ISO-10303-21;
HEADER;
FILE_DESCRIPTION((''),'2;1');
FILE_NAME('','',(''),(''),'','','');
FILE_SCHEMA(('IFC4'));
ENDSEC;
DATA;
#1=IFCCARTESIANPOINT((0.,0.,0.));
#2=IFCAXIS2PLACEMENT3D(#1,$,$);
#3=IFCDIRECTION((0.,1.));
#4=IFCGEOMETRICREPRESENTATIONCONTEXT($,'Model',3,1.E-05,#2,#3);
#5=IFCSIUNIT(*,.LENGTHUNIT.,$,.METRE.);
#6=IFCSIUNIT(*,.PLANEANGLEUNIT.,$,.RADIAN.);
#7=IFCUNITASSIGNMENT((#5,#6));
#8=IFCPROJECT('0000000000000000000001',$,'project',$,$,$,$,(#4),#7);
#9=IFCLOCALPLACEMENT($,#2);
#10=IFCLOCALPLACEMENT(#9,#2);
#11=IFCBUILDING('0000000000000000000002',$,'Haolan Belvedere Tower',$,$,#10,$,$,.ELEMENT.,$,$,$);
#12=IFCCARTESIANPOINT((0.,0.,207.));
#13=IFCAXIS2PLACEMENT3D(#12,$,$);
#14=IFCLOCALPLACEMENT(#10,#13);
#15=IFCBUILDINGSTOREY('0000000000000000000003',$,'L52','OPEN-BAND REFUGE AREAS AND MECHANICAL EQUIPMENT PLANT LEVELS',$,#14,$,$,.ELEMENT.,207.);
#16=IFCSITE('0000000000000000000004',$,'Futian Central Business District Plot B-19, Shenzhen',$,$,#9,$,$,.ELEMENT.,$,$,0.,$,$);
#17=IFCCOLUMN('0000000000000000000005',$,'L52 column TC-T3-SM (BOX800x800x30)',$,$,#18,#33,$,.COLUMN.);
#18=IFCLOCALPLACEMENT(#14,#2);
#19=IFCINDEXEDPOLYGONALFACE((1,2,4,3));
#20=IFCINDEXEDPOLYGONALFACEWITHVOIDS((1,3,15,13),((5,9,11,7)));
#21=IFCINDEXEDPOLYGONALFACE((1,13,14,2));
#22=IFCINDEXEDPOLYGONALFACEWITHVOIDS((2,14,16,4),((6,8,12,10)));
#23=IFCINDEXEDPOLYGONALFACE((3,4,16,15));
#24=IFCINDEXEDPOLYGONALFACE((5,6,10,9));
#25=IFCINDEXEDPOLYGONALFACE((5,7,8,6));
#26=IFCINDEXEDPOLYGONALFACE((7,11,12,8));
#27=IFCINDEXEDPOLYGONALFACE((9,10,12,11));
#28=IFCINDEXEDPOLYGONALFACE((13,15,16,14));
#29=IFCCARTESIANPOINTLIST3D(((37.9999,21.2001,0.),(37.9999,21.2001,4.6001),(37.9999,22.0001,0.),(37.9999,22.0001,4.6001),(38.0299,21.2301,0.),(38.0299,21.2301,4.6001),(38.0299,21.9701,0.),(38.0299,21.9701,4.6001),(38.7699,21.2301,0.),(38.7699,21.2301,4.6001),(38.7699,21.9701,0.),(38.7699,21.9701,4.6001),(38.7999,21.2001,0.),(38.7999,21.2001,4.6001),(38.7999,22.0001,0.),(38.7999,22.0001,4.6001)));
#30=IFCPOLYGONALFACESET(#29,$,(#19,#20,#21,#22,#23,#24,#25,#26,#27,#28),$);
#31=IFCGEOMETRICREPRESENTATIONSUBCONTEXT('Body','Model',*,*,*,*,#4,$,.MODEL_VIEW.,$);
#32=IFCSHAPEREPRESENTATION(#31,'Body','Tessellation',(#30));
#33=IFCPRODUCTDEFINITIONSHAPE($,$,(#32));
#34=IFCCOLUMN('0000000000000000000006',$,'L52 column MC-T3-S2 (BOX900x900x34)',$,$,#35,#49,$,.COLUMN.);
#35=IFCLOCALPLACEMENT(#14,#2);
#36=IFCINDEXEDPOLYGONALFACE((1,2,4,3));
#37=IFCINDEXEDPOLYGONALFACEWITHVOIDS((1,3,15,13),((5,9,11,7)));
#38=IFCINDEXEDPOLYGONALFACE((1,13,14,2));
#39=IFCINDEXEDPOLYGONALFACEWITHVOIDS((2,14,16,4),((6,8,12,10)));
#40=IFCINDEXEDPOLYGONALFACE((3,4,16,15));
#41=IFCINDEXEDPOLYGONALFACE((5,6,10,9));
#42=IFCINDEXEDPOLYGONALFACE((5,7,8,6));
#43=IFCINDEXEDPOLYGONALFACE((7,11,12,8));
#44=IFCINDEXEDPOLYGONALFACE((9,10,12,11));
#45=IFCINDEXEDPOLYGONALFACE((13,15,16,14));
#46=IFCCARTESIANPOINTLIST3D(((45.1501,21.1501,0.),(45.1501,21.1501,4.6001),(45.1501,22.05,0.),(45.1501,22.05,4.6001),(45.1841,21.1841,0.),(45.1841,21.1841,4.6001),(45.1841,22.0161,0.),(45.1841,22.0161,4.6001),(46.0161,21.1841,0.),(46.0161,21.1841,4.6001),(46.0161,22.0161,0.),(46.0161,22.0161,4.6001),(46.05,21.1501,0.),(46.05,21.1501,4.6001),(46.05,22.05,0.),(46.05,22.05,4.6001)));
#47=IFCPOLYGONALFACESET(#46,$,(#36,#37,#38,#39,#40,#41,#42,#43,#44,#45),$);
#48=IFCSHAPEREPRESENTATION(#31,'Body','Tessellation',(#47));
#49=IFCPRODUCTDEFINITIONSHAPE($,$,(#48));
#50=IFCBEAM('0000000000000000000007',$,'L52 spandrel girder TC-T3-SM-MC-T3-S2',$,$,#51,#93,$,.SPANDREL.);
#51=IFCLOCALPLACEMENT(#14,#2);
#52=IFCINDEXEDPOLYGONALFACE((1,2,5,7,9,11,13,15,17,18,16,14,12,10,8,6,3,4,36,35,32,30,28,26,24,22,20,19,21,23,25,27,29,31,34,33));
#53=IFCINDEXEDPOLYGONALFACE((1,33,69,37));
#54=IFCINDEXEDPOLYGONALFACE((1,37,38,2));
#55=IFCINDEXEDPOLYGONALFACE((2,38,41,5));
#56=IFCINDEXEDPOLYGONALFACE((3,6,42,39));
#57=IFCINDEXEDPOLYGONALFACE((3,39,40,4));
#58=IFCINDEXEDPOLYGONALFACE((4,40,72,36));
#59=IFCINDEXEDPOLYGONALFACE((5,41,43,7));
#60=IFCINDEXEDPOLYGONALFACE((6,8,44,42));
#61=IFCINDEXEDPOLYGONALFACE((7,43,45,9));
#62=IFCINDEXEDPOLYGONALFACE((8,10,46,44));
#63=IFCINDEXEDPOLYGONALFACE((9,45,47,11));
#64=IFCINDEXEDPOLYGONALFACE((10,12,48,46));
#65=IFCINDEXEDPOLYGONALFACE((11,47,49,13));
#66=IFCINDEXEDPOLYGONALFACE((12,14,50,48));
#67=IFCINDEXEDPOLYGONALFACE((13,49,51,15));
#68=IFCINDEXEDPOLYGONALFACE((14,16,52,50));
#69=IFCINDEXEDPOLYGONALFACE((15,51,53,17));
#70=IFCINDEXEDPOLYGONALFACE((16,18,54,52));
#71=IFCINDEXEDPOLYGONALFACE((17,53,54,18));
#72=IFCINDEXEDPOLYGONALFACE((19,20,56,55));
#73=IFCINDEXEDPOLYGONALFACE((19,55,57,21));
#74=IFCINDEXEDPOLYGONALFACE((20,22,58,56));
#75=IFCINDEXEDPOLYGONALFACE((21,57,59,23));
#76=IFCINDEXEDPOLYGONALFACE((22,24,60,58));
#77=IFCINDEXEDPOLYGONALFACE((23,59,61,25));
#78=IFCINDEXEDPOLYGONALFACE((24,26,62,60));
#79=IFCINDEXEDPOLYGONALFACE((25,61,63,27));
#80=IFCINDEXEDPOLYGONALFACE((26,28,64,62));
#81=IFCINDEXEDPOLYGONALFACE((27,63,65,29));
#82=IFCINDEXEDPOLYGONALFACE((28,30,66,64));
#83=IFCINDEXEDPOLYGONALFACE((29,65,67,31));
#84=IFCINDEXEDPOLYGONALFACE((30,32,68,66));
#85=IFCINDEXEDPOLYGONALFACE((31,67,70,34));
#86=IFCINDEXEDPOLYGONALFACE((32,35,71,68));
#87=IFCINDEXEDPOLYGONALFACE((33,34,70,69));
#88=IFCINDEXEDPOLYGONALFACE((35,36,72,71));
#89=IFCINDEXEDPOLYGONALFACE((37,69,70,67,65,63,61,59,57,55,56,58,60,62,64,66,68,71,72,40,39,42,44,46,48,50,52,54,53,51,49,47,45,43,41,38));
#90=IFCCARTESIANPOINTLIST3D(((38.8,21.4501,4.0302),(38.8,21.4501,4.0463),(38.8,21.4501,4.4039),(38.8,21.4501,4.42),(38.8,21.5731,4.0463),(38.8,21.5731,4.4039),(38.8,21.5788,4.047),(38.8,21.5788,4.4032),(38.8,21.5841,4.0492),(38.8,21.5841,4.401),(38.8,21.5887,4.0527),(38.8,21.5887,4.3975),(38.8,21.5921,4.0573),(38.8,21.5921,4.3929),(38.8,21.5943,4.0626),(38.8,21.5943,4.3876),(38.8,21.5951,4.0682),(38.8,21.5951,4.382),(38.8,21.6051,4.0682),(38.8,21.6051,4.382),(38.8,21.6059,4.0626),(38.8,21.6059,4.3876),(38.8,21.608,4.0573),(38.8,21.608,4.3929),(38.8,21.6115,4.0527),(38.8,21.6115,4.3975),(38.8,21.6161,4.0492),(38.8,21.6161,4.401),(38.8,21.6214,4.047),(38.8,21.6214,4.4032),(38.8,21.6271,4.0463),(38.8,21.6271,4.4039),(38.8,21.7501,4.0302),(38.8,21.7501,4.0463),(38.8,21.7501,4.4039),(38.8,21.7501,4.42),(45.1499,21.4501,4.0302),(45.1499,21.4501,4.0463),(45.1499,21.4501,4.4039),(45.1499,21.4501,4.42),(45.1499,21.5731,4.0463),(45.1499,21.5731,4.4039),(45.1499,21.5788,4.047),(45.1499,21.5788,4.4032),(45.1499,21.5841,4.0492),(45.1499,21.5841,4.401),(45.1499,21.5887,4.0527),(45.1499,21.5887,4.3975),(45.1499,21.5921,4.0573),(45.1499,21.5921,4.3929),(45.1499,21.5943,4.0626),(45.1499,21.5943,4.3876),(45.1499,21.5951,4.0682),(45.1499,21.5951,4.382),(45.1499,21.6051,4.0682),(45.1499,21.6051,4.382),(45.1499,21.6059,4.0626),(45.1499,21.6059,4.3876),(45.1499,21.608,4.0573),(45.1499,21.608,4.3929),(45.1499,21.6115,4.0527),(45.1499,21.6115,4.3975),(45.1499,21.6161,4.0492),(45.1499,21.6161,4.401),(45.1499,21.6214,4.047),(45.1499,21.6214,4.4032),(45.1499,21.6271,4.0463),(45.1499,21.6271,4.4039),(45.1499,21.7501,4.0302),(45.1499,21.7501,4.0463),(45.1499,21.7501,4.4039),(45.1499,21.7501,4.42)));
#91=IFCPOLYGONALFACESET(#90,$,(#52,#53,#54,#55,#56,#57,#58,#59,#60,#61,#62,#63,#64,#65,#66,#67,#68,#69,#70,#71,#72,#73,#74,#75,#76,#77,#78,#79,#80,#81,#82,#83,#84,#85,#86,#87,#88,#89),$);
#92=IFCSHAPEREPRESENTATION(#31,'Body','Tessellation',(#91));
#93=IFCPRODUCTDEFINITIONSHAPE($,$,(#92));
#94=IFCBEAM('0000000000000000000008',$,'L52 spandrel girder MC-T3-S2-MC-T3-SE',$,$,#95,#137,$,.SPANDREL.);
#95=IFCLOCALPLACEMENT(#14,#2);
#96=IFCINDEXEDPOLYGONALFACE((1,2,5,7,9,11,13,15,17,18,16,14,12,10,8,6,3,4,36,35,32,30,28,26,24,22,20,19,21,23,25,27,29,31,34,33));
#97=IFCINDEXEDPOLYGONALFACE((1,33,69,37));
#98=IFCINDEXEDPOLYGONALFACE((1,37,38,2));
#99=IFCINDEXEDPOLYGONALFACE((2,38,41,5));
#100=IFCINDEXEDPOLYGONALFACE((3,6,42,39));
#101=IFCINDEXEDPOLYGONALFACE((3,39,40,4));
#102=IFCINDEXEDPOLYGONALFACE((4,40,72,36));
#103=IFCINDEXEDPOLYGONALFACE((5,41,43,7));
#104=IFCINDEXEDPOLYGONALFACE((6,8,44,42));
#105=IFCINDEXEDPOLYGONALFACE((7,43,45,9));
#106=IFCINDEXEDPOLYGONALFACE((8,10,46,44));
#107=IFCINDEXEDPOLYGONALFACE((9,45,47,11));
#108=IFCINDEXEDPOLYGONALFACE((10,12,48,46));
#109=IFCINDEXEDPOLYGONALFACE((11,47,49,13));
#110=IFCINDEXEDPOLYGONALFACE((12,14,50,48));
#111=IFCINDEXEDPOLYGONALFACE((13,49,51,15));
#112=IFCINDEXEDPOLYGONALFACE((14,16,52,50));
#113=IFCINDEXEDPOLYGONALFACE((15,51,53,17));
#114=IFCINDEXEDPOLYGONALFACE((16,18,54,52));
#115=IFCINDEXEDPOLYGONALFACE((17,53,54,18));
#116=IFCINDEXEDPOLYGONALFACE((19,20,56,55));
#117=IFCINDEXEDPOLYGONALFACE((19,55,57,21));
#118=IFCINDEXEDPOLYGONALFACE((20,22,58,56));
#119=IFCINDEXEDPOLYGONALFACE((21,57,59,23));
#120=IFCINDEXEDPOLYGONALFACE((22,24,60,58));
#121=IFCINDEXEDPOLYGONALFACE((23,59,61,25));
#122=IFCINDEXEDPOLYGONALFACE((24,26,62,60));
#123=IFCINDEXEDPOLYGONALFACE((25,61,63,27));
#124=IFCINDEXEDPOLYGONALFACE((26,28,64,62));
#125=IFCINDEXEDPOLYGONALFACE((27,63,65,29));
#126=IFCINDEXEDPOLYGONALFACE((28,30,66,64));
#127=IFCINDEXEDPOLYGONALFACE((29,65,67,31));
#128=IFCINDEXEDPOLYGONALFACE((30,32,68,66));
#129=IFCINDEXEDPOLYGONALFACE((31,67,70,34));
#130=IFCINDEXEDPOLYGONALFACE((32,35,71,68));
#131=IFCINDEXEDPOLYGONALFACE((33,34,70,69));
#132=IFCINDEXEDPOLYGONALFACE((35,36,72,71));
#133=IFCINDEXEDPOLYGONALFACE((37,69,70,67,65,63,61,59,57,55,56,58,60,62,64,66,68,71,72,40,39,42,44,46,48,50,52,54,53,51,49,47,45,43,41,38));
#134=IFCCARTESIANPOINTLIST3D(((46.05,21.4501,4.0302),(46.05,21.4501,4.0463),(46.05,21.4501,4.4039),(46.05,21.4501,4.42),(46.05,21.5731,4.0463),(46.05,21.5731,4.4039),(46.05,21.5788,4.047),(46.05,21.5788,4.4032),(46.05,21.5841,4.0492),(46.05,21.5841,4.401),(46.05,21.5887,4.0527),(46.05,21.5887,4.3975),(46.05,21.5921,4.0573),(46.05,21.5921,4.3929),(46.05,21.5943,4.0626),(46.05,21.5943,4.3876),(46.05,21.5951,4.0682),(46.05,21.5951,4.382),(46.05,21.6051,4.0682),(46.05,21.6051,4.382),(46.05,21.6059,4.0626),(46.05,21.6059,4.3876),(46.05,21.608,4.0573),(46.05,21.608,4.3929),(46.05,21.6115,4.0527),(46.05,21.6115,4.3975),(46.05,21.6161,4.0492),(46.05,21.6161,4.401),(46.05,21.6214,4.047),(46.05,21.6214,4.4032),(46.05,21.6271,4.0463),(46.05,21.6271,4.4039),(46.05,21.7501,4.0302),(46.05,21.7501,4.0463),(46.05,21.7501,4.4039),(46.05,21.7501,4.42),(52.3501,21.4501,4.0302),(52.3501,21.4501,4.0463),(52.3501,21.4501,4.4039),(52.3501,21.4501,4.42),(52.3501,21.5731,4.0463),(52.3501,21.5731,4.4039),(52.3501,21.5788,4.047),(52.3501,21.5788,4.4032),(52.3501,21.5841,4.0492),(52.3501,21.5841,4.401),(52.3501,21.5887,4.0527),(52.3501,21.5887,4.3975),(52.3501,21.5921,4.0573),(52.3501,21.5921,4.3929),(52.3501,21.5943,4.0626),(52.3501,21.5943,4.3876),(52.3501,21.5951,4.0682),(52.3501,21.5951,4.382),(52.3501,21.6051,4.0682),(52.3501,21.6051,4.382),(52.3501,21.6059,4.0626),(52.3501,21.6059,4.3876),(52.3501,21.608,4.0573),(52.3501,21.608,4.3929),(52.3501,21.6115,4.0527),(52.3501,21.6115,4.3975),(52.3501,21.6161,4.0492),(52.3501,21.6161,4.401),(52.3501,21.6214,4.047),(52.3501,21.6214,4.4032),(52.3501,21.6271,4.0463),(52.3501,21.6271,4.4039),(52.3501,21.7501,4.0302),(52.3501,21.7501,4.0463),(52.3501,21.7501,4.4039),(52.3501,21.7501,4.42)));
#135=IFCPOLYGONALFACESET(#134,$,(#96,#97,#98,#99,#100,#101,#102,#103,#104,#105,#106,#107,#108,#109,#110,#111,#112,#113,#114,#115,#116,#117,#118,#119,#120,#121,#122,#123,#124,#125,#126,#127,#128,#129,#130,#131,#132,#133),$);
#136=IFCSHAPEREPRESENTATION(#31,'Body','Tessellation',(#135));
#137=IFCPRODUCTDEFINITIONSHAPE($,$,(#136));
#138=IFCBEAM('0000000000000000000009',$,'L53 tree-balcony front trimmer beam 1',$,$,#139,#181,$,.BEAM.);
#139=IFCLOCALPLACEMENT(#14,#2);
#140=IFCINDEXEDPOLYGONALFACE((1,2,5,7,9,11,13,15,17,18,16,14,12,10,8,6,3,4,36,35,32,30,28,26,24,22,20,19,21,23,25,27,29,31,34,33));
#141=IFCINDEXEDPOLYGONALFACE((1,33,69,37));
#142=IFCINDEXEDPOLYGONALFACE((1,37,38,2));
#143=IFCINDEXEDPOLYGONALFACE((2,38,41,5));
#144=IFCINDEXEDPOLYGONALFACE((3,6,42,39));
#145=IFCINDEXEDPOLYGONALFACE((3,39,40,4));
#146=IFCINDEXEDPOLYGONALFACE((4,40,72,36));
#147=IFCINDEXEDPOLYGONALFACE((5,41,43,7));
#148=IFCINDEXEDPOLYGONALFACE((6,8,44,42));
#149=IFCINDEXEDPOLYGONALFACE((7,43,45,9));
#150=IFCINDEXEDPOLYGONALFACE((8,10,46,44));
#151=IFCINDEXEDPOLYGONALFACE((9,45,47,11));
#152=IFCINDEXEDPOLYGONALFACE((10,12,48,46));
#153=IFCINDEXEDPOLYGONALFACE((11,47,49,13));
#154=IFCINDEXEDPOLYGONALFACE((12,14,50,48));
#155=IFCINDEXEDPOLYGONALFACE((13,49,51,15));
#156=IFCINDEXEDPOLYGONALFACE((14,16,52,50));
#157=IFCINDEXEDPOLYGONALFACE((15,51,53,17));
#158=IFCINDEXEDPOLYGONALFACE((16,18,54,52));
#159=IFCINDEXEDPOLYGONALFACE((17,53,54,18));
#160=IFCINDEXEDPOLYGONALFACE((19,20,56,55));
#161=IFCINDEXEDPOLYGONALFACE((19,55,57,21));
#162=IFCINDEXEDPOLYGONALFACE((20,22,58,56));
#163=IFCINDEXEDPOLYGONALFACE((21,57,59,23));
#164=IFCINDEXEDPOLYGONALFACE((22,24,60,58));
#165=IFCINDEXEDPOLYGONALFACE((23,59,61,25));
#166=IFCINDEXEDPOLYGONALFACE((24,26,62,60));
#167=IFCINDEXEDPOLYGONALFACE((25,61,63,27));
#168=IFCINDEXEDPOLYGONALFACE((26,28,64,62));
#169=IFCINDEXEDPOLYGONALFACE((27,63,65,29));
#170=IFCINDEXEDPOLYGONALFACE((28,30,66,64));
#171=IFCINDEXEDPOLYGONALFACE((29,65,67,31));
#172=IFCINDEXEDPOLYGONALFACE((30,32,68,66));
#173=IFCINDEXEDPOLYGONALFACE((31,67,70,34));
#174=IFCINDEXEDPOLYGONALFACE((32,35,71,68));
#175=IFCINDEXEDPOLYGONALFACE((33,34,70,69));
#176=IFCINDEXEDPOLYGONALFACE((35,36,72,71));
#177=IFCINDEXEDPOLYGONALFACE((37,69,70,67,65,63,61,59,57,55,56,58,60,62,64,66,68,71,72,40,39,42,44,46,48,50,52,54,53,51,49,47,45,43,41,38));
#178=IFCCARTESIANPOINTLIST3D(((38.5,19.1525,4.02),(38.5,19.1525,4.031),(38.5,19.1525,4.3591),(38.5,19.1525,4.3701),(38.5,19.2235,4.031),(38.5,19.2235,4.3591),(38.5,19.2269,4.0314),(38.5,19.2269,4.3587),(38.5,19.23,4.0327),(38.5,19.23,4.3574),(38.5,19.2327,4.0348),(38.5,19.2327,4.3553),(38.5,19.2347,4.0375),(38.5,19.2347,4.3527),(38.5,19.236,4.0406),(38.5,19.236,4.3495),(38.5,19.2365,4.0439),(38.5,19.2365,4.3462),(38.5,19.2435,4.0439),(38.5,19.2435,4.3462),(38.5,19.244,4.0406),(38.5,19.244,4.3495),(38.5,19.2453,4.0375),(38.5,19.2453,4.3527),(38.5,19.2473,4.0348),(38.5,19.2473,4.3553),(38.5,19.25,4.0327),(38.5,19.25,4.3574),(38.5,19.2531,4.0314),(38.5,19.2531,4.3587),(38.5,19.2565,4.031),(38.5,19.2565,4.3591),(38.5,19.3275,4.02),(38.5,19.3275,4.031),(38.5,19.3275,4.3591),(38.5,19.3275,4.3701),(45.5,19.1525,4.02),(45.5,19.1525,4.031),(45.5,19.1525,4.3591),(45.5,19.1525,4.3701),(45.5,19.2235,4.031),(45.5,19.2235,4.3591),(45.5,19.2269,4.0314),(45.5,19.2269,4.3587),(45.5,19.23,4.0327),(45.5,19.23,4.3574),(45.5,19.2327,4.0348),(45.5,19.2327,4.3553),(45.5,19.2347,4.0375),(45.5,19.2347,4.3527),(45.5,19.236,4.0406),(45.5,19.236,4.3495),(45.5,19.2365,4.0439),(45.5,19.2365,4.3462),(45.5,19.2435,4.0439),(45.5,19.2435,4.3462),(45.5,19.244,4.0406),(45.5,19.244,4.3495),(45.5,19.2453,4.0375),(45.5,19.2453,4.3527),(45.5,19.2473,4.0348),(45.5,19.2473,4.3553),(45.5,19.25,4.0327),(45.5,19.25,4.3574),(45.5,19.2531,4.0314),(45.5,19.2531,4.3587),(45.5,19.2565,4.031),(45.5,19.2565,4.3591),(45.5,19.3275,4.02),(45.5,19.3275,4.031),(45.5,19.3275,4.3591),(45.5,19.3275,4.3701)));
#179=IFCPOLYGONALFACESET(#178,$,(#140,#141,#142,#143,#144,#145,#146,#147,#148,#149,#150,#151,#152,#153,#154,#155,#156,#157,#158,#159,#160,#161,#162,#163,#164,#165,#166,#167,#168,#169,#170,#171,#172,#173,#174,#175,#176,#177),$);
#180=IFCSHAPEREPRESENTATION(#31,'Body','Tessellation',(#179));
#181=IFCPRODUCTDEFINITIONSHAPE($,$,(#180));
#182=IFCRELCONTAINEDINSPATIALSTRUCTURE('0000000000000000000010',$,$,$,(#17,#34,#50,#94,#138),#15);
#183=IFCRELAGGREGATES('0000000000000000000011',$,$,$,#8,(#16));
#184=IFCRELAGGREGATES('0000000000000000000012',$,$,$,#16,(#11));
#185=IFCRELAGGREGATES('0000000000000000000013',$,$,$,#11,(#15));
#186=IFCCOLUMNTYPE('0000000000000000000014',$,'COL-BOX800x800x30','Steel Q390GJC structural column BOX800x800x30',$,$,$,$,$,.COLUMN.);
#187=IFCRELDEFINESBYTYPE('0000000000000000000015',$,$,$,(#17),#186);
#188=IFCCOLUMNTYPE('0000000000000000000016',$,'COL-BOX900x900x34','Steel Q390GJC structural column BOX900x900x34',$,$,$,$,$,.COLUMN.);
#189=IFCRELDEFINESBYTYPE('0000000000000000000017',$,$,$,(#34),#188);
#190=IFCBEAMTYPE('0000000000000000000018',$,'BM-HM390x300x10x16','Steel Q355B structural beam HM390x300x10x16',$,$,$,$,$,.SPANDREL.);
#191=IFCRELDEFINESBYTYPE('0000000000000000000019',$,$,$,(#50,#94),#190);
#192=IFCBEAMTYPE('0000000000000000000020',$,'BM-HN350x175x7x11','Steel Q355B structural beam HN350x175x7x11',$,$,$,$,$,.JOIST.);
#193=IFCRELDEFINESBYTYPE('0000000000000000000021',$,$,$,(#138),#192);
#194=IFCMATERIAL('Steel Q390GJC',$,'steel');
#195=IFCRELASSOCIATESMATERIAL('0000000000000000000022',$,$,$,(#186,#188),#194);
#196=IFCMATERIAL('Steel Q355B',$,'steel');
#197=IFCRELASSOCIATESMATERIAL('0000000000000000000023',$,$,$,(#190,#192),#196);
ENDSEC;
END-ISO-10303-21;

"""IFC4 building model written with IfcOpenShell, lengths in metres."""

from ifc_helpers import new_model, si_unit, direction, frame, origin, origin_2d, place, context, subcontext, project, spatial, hollow_rectangle, i_section, extrude, material, material_profile, profile_set, type_object, element, save


model = new_model("IFC4")

# Units and contexts
model_context = context("Model", 3, precision=1e-05, world=origin(), true_north=direction((0.0, 1.0)))
body_context = subcontext(model_context, "Body", "Model", "MODEL_VIEW")
ifc_project = project(units=[si_unit("LENGTHUNIT", "METRE"), si_unit("PLANEANGLEUNIT", "RADIAN")], contexts=[model_context])

# Site, building, storey
site_placement = place(None, origin())
site = spatial("IfcSite", under=ifc_project, at=site_placement, Name="Futian Central Business District Plot B-19, Shenzhen", CompositionType="ELEMENT", RefElevation=0.0)
building_placement = place(site_placement, origin())
building = spatial("IfcBuilding", under=site, at=building_placement, Name="Haolan Belvedere Tower", CompositionType="ELEMENT")
storey_placement = place(building_placement, frame((0.0, 0.0, 207.0)))
storey = spatial("IfcBuildingStorey", under=building, at=storey_placement, Name="L52", Description="OPEN-BAND REFUGE AREAS AND MECHANICAL EQUIPMENT PLANT LEVELS", CompositionType="ELEMENT", Elevation=207.0)

# Columns
ifc_material_1 = material(Name="Steel Q390GJC", Category="steel")
ifc_material_profile_1 = material_profile(ifc_material_1, hollow_rectangle(XDim=0.8, YDim=0.8, WallThickness=0.03, at=origin_2d()), Name="Steel Q390GJC")
ifc_profile_set_1 = profile_set([ifc_material_profile_1], Name="Steel Q390GJC")
column_type_1 = type_object("IfcColumnType", Name="COL-BOX800x800x30", Description="Steel Q390GJC structural column BOX800x800x30", PredefinedType="COLUMN", material=ifc_profile_set_1)
column_1_placement = place(storey_placement, frame((38.3999, 21.6001, 0.0), z_axis=(0.0, 0.0, 1.0), x_axis=(1.0, 0.0, 0.0)))
element("IfcColumn", 1, at=column_1_placement, inside=storey, type_object=column_type_1, Name="L52 column TC-T3-SM (BOX800x800x30)", PredefinedType="COLUMN", context=body_context, shape_type="SweptSolid", body=[
    extrude(hollow_rectangle(XDim=0.8, YDim=0.8, WallThickness=0.03, at=origin_2d()), origin(), (0.0, 0.0, 1.0), 4.6001),
])
ifc_material_profile_2 = material_profile(ifc_material_1, hollow_rectangle(XDim=0.8999, YDim=0.8999, WallThickness=0.0339, at=origin_2d()), Name="Steel Q390GJC")
ifc_profile_set_2 = profile_set([ifc_material_profile_2], Name="Steel Q390GJC")
column_type_2 = type_object("IfcColumnType", Name="COL-BOX900x900x34", Description="Steel Q390GJC structural column BOX900x900x34", PredefinedType="COLUMN", material=ifc_profile_set_2)
column_2_placement = place(storey_placement, frame((45.6001, 21.6001, 0.0), z_axis=(0.0, 0.0, 1.0), x_axis=(1.0, 0.0, 0.0)))
element("IfcColumn", 2, at=column_2_placement, inside=storey, type_object=column_type_2, Name="L52 column MC-T3-S2 (BOX900x900x34)", PredefinedType="COLUMN", context=body_context, shape_type="SweptSolid", body=[
    extrude(hollow_rectangle(XDim=0.8999, YDim=0.8999, WallThickness=0.0339, at=origin_2d()), origin(), (0.0, 0.0, 1.0), 4.6001),
])

# Beams
ifc_material_2 = material(Name="Steel Q355B", Category="steel")
ifc_material_profile_3 = material_profile(ifc_material_2, i_section(OverallWidth=0.3, OverallDepth=0.3899, WebThickness=0.01, FlangeThickness=0.0161, FilletRadius=0.022, at=origin_2d()), Name="Steel Q355B")
ifc_profile_set_3 = profile_set([ifc_material_profile_3], Name="Steel Q355B")
beam_type_1 = type_object("IfcBeamType", Name="BM-HM390x300x10x16", Description="Steel Q355B structural beam HM390x300x10x16", PredefinedType="SPANDREL", material=ifc_profile_set_3)
beam_1_placement = place(storey_placement, frame((38.8, 21.6001, 4.2251), z_axis=(1.0, 0.0, 0.0), x_axis=(0.0, 1.0, 0.0)))
element("IfcBeam", 3, at=beam_1_placement, inside=storey, type_object=beam_type_1, Name="L52 spandrel girder TC-T3-SM-MC-T3-S2", PredefinedType="SPANDREL", context=body_context, shape_type="SweptSolid", body=[
    extrude(i_section(OverallWidth=0.3, OverallDepth=0.3899, WebThickness=0.01, FlangeThickness=0.0161, FilletRadius=0.022, at=origin_2d()), origin(), (0.0, 0.0, 1.0), 6.3499),
])
beam_2_placement = place(storey_placement, frame((46.05, 21.6001, 4.2251), z_axis=(1.0, 0.0, 0.0), x_axis=(0.0, 1.0, 0.0)))
element("IfcBeam", 4, at=beam_2_placement, inside=storey, type_object=beam_type_1, Name="L52 spandrel girder MC-T3-S2-MC-T3-SE", PredefinedType="SPANDREL", context=body_context, shape_type="SweptSolid", body=[
    extrude(i_section(OverallWidth=0.3, OverallDepth=0.3899, WebThickness=0.01, FlangeThickness=0.0161, FilletRadius=0.022, at=origin_2d()), origin(), (0.0, 0.0, 1.0), 6.3),
])
ifc_material_profile_4 = material_profile(ifc_material_2, i_section(OverallWidth=0.175, OverallDepth=0.3501, WebThickness=0.0071, FlangeThickness=0.011, FilletRadius=0.0129, at=origin_2d()), Name="Steel Q355B")
ifc_profile_set_4 = profile_set([ifc_material_profile_4], Name="Steel Q355B")
beam_type_2 = type_object("IfcBeamType", Name="BM-HN350x175x7x11", Description="Steel Q355B structural beam HN350x175x7x11", PredefinedType="JOIST", material=ifc_profile_set_4)
beam_3_placement = place(storey_placement, frame((38.5, 19.24, 4.1951), z_axis=(1.0, 0.0, 0.0), x_axis=(0.0, 1.0, 0.0)))
element("IfcBeam", 5, at=beam_3_placement, inside=storey, type_object=beam_type_2, Name="L53 tree-balcony front trimmer beam 1", PredefinedType="BEAM", context=body_context, shape_type="SweptSolid", body=[
    extrude(i_section(OverallWidth=0.175, OverallDepth=0.3501, WebThickness=0.0071, FlangeThickness=0.011, FilletRadius=0.0129, at=origin_2d()), origin(), (0.0, 0.0, 1.0), 7.0),
])

save(model, "model.ifc")
